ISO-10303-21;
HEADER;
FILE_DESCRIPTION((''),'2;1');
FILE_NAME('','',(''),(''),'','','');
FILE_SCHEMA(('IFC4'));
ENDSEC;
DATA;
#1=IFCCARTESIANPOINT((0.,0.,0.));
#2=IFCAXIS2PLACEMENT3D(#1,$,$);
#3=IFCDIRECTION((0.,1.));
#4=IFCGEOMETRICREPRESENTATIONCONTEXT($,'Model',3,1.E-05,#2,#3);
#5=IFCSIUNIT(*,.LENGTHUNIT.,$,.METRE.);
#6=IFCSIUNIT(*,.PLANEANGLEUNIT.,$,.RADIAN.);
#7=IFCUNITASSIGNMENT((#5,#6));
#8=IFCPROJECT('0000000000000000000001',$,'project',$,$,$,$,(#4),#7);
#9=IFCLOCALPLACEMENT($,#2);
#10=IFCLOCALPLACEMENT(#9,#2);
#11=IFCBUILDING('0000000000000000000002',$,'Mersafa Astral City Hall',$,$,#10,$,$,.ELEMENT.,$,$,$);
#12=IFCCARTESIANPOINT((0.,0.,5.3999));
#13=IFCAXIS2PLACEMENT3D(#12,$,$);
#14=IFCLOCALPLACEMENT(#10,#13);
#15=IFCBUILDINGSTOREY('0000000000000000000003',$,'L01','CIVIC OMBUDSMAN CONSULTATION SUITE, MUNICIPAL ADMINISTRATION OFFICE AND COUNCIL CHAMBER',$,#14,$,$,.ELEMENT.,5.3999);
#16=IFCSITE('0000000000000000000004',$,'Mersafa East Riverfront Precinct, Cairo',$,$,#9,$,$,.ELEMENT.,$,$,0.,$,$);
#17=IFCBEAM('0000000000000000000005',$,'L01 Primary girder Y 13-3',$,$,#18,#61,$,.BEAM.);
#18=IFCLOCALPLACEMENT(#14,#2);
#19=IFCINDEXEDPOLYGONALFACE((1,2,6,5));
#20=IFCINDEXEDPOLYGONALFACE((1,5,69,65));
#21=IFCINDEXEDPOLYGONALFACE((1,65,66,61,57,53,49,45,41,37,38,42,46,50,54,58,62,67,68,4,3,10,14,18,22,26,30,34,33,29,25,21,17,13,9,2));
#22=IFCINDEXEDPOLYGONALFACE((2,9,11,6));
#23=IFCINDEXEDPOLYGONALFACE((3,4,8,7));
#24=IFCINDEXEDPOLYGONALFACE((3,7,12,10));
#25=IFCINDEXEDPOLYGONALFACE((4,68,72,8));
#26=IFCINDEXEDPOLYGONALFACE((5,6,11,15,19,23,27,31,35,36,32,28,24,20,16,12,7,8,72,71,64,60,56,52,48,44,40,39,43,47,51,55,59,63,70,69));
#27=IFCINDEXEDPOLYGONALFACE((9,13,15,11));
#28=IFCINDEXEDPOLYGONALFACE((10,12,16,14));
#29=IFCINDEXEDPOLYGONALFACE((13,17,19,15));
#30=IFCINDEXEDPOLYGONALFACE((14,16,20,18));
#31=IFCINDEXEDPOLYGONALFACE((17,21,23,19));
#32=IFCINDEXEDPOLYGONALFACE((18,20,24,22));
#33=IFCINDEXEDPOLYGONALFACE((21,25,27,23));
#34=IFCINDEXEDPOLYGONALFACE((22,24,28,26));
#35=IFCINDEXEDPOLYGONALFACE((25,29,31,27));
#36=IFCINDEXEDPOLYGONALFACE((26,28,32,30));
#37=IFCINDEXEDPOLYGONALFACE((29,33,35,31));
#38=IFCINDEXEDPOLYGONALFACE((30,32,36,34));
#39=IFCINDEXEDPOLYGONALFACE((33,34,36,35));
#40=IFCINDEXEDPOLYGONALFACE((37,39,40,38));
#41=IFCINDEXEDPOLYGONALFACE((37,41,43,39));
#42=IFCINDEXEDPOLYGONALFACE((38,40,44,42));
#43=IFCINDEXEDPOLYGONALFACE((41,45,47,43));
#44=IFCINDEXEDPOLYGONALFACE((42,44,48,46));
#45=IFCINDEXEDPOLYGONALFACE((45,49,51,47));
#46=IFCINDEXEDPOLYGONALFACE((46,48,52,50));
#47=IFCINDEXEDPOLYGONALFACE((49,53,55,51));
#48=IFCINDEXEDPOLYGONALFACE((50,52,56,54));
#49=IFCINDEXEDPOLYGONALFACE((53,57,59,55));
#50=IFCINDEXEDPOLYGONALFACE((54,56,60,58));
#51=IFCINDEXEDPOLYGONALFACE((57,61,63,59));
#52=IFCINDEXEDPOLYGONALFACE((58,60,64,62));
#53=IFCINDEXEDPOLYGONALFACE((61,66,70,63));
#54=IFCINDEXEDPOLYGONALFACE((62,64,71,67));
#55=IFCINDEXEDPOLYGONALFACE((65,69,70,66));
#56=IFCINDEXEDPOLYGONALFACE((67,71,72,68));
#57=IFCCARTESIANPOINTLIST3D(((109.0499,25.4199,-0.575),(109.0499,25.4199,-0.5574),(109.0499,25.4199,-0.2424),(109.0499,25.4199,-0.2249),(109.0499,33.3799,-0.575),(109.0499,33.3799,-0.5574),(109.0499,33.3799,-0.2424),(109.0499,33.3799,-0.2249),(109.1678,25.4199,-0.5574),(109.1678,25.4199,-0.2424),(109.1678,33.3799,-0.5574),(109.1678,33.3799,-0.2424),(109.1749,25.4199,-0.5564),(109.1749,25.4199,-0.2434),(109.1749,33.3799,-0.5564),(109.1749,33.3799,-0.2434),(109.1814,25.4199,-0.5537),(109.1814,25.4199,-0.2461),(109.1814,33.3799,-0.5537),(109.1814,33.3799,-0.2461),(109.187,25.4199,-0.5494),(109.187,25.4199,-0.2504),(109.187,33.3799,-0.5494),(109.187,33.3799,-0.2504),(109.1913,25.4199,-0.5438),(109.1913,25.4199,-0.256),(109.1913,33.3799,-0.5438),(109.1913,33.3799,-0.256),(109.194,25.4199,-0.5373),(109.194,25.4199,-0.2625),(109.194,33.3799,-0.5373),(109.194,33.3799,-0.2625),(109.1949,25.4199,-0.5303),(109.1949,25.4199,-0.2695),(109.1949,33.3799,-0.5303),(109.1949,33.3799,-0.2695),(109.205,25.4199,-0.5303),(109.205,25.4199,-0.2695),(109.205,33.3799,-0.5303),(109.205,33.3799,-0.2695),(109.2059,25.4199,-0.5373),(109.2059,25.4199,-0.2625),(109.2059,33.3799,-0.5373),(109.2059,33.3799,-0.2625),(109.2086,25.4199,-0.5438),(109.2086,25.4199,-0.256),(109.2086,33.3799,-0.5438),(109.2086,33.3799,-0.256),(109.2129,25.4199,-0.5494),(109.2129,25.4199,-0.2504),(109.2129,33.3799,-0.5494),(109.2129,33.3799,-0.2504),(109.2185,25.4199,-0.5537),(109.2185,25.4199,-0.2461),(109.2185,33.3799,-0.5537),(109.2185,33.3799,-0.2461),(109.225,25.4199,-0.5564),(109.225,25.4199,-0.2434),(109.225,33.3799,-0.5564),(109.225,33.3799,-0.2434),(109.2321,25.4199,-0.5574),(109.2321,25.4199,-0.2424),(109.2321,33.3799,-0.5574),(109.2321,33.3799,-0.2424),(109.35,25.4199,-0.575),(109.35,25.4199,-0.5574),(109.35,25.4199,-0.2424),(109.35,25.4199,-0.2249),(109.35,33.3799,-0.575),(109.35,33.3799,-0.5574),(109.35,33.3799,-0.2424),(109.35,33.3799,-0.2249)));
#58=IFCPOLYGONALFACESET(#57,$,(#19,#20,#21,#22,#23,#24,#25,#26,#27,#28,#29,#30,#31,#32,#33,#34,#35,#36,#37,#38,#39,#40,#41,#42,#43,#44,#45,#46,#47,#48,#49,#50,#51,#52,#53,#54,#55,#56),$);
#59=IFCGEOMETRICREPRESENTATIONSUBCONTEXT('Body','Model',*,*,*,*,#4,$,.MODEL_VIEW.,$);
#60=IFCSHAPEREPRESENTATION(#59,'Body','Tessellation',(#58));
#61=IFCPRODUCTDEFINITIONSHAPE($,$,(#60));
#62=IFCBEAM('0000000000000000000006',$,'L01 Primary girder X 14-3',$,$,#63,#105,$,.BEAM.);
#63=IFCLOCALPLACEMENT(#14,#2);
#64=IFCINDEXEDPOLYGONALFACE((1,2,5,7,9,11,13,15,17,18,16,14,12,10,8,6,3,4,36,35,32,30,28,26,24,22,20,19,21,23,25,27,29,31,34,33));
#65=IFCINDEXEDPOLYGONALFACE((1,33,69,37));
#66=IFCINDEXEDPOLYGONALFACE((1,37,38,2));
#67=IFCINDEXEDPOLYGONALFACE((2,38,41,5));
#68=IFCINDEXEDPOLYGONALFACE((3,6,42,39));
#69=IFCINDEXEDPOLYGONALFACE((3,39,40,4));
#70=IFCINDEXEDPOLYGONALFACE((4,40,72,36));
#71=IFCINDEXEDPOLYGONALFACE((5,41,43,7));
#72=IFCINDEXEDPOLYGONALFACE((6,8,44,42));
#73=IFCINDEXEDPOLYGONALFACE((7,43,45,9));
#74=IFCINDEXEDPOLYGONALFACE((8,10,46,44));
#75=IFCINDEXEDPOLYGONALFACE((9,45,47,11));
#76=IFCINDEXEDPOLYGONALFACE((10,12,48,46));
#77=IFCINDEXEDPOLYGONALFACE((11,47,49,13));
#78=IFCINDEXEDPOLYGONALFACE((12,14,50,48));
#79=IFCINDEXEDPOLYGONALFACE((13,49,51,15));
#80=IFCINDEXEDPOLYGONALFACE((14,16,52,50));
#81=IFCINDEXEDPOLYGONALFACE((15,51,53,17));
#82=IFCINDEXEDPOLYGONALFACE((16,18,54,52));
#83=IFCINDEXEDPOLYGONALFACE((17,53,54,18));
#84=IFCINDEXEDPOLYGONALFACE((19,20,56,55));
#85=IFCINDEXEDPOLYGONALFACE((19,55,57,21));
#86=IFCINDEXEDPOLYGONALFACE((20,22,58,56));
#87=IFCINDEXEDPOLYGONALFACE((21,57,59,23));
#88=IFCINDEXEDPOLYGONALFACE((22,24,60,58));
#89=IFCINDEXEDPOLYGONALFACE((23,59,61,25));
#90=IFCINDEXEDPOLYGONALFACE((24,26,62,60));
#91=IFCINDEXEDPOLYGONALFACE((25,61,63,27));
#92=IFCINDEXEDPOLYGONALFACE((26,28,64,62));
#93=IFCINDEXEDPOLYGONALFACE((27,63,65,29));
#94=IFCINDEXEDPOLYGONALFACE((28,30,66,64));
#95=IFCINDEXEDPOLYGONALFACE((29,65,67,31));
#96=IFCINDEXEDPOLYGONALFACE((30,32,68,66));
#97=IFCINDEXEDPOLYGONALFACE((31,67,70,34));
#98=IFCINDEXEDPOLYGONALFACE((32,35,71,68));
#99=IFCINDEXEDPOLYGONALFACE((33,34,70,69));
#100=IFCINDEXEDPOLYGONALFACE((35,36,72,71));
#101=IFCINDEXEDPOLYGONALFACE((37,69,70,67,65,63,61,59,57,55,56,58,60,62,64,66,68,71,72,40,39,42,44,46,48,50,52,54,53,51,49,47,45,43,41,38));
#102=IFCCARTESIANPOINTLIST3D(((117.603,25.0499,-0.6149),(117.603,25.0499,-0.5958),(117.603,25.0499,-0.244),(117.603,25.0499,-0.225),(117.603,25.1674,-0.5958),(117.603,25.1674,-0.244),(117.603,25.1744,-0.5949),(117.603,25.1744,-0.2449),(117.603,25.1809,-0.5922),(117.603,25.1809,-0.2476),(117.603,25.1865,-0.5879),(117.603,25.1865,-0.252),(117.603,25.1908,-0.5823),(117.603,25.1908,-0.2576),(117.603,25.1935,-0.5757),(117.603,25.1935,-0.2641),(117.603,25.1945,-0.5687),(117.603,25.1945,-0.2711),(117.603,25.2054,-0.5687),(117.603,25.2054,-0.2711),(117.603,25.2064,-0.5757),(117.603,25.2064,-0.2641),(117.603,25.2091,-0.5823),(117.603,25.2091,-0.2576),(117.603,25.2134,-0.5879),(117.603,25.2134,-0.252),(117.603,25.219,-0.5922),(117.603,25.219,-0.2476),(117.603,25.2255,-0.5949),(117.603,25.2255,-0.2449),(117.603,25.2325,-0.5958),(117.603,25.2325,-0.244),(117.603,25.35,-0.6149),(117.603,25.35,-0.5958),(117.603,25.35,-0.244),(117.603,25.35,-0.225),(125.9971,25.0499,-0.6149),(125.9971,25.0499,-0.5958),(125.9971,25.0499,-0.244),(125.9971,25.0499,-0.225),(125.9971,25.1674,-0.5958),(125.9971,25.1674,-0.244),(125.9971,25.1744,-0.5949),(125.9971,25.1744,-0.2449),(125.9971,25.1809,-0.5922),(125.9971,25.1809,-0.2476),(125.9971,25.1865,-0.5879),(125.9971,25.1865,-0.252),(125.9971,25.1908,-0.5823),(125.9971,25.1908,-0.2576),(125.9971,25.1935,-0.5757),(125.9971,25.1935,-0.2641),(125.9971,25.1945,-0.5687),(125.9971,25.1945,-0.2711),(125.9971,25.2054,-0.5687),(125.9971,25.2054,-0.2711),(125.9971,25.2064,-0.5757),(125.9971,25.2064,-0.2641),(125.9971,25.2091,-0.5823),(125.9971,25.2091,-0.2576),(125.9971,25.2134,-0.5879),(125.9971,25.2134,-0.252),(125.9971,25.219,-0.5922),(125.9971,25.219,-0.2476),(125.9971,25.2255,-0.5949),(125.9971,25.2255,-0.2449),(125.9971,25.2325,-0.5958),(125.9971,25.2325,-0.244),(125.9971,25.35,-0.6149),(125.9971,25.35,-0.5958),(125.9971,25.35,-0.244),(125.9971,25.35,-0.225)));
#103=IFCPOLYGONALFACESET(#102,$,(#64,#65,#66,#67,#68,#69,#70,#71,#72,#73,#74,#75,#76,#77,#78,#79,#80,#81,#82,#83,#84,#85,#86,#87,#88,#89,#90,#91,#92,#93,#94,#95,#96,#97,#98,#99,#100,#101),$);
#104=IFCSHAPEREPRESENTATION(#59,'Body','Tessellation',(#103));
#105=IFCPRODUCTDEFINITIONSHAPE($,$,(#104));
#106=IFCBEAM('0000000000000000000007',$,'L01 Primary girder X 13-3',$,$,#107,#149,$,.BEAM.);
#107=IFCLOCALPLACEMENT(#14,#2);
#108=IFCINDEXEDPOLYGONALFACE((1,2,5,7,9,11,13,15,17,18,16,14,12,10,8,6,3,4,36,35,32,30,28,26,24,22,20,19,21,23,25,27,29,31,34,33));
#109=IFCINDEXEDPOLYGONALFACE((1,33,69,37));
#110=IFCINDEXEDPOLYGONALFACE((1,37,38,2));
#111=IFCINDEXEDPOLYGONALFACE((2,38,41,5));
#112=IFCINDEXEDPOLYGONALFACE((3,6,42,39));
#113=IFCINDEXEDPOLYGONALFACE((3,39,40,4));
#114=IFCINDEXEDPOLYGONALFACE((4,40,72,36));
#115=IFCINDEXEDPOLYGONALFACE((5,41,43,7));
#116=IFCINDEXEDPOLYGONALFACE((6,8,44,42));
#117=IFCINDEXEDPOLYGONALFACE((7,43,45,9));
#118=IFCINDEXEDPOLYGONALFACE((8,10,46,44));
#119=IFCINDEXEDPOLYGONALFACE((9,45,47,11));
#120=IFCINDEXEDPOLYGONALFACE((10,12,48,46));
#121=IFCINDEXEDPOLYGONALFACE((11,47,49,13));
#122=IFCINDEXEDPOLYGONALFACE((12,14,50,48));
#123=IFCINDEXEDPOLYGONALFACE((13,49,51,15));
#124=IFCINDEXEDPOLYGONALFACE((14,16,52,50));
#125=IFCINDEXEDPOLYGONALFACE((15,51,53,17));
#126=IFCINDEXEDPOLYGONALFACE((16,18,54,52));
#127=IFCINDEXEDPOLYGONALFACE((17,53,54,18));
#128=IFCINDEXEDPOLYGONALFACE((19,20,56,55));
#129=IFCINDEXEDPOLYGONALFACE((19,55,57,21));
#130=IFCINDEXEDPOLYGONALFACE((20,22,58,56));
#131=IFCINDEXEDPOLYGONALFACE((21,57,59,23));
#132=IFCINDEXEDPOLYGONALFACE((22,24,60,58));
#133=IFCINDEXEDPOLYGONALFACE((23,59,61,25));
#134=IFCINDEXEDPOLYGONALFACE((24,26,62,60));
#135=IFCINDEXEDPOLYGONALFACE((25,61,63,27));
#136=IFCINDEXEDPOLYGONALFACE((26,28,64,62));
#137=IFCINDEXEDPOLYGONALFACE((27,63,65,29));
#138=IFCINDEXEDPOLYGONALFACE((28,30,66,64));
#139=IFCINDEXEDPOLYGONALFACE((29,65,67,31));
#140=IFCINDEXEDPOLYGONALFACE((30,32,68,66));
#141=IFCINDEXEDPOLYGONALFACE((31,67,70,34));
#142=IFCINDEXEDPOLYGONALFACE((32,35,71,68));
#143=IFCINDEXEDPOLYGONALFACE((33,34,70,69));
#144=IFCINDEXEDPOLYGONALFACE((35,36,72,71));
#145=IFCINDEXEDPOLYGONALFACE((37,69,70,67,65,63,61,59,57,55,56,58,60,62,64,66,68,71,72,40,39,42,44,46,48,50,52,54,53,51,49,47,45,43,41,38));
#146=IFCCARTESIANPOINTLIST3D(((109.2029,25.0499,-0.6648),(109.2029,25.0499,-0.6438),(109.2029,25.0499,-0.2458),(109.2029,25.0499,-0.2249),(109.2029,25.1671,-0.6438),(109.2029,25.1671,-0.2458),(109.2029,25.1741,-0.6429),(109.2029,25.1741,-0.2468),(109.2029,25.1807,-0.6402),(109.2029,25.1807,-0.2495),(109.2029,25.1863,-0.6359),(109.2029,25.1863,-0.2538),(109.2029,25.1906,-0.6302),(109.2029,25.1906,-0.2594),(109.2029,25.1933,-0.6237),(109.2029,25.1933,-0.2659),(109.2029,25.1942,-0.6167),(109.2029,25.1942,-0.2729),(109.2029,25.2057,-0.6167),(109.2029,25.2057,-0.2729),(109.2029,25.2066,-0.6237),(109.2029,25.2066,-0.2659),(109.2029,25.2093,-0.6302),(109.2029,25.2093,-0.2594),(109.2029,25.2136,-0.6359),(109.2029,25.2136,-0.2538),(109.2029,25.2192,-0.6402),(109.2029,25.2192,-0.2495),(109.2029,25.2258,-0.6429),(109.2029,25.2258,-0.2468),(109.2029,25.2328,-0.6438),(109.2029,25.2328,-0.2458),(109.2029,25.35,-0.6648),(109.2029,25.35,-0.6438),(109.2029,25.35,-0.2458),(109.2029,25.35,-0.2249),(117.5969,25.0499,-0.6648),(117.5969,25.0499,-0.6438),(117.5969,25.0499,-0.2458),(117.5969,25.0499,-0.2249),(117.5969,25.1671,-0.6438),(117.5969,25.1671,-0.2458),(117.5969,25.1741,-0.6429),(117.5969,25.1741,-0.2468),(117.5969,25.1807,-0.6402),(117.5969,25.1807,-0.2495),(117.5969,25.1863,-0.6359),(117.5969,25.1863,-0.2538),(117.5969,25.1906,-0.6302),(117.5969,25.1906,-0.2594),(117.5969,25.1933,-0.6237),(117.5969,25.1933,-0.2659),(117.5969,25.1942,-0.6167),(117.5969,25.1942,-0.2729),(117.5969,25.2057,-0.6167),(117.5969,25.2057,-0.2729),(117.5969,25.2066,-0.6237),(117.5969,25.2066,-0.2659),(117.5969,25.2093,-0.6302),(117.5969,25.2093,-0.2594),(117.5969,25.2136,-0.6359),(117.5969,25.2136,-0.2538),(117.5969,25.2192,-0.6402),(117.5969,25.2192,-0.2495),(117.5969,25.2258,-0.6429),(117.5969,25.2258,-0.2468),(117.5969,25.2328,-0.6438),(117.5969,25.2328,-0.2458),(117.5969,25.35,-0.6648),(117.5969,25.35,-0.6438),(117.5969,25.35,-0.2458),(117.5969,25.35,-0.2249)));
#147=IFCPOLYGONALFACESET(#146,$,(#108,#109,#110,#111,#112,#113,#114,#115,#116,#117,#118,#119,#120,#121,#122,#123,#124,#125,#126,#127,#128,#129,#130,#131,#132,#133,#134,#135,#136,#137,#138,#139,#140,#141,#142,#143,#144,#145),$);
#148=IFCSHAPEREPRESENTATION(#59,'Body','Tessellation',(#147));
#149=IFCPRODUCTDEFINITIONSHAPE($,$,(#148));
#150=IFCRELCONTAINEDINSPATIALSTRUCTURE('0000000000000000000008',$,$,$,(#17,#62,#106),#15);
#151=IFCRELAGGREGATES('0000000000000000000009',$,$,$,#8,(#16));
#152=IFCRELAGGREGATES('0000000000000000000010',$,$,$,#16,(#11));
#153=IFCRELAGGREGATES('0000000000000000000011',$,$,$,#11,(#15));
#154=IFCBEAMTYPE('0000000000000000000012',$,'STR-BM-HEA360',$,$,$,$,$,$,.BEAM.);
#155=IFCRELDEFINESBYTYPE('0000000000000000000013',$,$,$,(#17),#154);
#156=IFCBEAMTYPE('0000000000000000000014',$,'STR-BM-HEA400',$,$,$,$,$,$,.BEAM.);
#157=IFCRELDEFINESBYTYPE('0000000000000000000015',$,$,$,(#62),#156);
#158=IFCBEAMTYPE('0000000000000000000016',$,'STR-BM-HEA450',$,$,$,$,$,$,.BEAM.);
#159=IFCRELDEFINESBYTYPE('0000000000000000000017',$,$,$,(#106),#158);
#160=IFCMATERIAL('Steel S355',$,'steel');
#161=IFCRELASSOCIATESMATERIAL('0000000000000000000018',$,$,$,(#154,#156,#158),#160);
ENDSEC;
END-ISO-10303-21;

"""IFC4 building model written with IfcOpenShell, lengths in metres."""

from ifc_helpers import new_model, si_unit, direction, frame, origin, origin_2d, place, context, subcontext, project, spatial, i_section, extrude, material, material_profile, profile_set, type_object, element, save


model = new_model("IFC4")

# Units and contexts
model_context = context("Model", 3, precision=1e-05, world=origin(), true_north=direction((0.0, 1.0)))
body_context = subcontext(model_context, "Body", "Model", "MODEL_VIEW")
ifc_project = project(units=[si_unit("LENGTHUNIT", "METRE"), si_unit("PLANEANGLEUNIT", "RADIAN")], contexts=[model_context])

# Site, building, storey
site_placement = place(None, origin())
site = spatial("IfcSite", under=ifc_project, at=site_placement, Name="Mersafa East Riverfront Precinct, Cairo", CompositionType="ELEMENT", RefElevation=0.0)
building_placement = place(site_placement, origin())
building = spatial("IfcBuilding", under=site, at=building_placement, Name="Mersafa Astral City Hall", CompositionType="ELEMENT")
storey_placement = place(building_placement, frame((0.0, 0.0, 5.3999)))
storey = spatial("IfcBuildingStorey", under=building, at=storey_placement, Name="L01", Description="CIVIC OMBUDSMAN CONSULTATION SUITE, MUNICIPAL ADMINISTRATION OFFICE AND COUNCIL CHAMBER", CompositionType="ELEMENT", Elevation=5.3999)

# Shared definitions
ifc_material_1 = material(Name="Steel S355", Category="steel")

# Beams
ifc_material_profile_1 = material_profile(ifc_material_1, i_section(OverallWidth=0.3, OverallDepth=0.3501, WebThickness=0.01, FlangeThickness=0.0176, FilletRadius=0.0271, at=origin_2d()), Name="HEA 360")
ifc_profile_set_1 = profile_set([ifc_material_profile_1], Name="Steel S355")
beam_type_1 = type_object("IfcBeamType", Name="STR-BM-HEA360", PredefinedType="BEAM", material=ifc_profile_set_1)
beam_1_placement = place(storey_placement, frame((109.2, 25.4199, -0.3999), z_axis=(0.0, 1.0, 0.0), x_axis=(-1.0, 0.0, 0.0)))
element("IfcBeam", 1, at=beam_1_placement, inside=storey, type_object=beam_type_1, Name="L01 Primary girder Y 13-3", PredefinedType="BEAM", context=body_context, shape_type="SweptSolid", body=[
    extrude(i_section(OverallWidth=0.3, OverallDepth=0.3501, WebThickness=0.01, FlangeThickness=0.0176, FilletRadius=0.0271, at=origin_2d()), origin(), (0.0, 0.0, 1.0), 7.96),
])
ifc_material_profile_2 = material_profile(ifc_material_1, i_section(OverallWidth=0.3, OverallDepth=0.3899, WebThickness=0.011, FlangeThickness=0.019, FilletRadius=0.0271, at=origin_2d()), Name="HEA 400")
ifc_profile_set_2 = profile_set([ifc_material_profile_2], Name="Steel S355")
beam_type_2 = type_object("IfcBeamType", Name="STR-BM-HEA400", PredefinedType="BEAM", material=ifc_profile_set_2)
beam_2_placement = place(storey_placement, frame((117.603, 25.2, -0.4199), z_axis=(1.0, 0.0, 0.0), x_axis=(0.0, 1.0, 0.0)))
element("IfcBeam", 2, at=beam_2_placement, inside=storey, type_object=beam_type_2, Name="L01 Primary girder X 14-3", PredefinedType="BEAM", context=body_context, shape_type="SweptSolid", body=[
    extrude(i_section(OverallWidth=0.3, OverallDepth=0.3899, WebThickness=0.011, FlangeThickness=0.019, FilletRadius=0.0271, at=origin_2d()), origin(), (0.0, 0.0, 1.0), 8.394),
])
ifc_material_profile_3 = material_profile(ifc_material_1, i_section(OverallWidth=0.3, OverallDepth=0.4399, WebThickness=0.0115, FlangeThickness=0.021, FilletRadius=0.0271, at=origin_2d()), Name="HEA 450")
ifc_profile_set_3 = profile_set([ifc_material_profile_3], Name="Steel S355")
beam_type_3 = type_object("IfcBeamType", Name="STR-BM-HEA450", PredefinedType="BEAM", material=ifc_profile_set_3)
beam_3_placement = place(storey_placement, frame((109.2029, 25.2, -0.4448), z_axis=(1.0, 0.0, 0.0), x_axis=(0.0, 1.0, 0.0)))
element("IfcBeam", 3, at=beam_3_placement, inside=storey, type_object=beam_type_3, Name="L01 Primary girder X 13-3", PredefinedType="BEAM", context=body_context, shape_type="SweptSolid", body=[
    extrude(i_section(OverallWidth=0.3, OverallDepth=0.4399, WebThickness=0.0115, FlangeThickness=0.021, FilletRadius=0.0271, at=origin_2d()), origin(), (0.0, 0.0, 1.0), 8.394),
])

save(model, "model.ifc")
